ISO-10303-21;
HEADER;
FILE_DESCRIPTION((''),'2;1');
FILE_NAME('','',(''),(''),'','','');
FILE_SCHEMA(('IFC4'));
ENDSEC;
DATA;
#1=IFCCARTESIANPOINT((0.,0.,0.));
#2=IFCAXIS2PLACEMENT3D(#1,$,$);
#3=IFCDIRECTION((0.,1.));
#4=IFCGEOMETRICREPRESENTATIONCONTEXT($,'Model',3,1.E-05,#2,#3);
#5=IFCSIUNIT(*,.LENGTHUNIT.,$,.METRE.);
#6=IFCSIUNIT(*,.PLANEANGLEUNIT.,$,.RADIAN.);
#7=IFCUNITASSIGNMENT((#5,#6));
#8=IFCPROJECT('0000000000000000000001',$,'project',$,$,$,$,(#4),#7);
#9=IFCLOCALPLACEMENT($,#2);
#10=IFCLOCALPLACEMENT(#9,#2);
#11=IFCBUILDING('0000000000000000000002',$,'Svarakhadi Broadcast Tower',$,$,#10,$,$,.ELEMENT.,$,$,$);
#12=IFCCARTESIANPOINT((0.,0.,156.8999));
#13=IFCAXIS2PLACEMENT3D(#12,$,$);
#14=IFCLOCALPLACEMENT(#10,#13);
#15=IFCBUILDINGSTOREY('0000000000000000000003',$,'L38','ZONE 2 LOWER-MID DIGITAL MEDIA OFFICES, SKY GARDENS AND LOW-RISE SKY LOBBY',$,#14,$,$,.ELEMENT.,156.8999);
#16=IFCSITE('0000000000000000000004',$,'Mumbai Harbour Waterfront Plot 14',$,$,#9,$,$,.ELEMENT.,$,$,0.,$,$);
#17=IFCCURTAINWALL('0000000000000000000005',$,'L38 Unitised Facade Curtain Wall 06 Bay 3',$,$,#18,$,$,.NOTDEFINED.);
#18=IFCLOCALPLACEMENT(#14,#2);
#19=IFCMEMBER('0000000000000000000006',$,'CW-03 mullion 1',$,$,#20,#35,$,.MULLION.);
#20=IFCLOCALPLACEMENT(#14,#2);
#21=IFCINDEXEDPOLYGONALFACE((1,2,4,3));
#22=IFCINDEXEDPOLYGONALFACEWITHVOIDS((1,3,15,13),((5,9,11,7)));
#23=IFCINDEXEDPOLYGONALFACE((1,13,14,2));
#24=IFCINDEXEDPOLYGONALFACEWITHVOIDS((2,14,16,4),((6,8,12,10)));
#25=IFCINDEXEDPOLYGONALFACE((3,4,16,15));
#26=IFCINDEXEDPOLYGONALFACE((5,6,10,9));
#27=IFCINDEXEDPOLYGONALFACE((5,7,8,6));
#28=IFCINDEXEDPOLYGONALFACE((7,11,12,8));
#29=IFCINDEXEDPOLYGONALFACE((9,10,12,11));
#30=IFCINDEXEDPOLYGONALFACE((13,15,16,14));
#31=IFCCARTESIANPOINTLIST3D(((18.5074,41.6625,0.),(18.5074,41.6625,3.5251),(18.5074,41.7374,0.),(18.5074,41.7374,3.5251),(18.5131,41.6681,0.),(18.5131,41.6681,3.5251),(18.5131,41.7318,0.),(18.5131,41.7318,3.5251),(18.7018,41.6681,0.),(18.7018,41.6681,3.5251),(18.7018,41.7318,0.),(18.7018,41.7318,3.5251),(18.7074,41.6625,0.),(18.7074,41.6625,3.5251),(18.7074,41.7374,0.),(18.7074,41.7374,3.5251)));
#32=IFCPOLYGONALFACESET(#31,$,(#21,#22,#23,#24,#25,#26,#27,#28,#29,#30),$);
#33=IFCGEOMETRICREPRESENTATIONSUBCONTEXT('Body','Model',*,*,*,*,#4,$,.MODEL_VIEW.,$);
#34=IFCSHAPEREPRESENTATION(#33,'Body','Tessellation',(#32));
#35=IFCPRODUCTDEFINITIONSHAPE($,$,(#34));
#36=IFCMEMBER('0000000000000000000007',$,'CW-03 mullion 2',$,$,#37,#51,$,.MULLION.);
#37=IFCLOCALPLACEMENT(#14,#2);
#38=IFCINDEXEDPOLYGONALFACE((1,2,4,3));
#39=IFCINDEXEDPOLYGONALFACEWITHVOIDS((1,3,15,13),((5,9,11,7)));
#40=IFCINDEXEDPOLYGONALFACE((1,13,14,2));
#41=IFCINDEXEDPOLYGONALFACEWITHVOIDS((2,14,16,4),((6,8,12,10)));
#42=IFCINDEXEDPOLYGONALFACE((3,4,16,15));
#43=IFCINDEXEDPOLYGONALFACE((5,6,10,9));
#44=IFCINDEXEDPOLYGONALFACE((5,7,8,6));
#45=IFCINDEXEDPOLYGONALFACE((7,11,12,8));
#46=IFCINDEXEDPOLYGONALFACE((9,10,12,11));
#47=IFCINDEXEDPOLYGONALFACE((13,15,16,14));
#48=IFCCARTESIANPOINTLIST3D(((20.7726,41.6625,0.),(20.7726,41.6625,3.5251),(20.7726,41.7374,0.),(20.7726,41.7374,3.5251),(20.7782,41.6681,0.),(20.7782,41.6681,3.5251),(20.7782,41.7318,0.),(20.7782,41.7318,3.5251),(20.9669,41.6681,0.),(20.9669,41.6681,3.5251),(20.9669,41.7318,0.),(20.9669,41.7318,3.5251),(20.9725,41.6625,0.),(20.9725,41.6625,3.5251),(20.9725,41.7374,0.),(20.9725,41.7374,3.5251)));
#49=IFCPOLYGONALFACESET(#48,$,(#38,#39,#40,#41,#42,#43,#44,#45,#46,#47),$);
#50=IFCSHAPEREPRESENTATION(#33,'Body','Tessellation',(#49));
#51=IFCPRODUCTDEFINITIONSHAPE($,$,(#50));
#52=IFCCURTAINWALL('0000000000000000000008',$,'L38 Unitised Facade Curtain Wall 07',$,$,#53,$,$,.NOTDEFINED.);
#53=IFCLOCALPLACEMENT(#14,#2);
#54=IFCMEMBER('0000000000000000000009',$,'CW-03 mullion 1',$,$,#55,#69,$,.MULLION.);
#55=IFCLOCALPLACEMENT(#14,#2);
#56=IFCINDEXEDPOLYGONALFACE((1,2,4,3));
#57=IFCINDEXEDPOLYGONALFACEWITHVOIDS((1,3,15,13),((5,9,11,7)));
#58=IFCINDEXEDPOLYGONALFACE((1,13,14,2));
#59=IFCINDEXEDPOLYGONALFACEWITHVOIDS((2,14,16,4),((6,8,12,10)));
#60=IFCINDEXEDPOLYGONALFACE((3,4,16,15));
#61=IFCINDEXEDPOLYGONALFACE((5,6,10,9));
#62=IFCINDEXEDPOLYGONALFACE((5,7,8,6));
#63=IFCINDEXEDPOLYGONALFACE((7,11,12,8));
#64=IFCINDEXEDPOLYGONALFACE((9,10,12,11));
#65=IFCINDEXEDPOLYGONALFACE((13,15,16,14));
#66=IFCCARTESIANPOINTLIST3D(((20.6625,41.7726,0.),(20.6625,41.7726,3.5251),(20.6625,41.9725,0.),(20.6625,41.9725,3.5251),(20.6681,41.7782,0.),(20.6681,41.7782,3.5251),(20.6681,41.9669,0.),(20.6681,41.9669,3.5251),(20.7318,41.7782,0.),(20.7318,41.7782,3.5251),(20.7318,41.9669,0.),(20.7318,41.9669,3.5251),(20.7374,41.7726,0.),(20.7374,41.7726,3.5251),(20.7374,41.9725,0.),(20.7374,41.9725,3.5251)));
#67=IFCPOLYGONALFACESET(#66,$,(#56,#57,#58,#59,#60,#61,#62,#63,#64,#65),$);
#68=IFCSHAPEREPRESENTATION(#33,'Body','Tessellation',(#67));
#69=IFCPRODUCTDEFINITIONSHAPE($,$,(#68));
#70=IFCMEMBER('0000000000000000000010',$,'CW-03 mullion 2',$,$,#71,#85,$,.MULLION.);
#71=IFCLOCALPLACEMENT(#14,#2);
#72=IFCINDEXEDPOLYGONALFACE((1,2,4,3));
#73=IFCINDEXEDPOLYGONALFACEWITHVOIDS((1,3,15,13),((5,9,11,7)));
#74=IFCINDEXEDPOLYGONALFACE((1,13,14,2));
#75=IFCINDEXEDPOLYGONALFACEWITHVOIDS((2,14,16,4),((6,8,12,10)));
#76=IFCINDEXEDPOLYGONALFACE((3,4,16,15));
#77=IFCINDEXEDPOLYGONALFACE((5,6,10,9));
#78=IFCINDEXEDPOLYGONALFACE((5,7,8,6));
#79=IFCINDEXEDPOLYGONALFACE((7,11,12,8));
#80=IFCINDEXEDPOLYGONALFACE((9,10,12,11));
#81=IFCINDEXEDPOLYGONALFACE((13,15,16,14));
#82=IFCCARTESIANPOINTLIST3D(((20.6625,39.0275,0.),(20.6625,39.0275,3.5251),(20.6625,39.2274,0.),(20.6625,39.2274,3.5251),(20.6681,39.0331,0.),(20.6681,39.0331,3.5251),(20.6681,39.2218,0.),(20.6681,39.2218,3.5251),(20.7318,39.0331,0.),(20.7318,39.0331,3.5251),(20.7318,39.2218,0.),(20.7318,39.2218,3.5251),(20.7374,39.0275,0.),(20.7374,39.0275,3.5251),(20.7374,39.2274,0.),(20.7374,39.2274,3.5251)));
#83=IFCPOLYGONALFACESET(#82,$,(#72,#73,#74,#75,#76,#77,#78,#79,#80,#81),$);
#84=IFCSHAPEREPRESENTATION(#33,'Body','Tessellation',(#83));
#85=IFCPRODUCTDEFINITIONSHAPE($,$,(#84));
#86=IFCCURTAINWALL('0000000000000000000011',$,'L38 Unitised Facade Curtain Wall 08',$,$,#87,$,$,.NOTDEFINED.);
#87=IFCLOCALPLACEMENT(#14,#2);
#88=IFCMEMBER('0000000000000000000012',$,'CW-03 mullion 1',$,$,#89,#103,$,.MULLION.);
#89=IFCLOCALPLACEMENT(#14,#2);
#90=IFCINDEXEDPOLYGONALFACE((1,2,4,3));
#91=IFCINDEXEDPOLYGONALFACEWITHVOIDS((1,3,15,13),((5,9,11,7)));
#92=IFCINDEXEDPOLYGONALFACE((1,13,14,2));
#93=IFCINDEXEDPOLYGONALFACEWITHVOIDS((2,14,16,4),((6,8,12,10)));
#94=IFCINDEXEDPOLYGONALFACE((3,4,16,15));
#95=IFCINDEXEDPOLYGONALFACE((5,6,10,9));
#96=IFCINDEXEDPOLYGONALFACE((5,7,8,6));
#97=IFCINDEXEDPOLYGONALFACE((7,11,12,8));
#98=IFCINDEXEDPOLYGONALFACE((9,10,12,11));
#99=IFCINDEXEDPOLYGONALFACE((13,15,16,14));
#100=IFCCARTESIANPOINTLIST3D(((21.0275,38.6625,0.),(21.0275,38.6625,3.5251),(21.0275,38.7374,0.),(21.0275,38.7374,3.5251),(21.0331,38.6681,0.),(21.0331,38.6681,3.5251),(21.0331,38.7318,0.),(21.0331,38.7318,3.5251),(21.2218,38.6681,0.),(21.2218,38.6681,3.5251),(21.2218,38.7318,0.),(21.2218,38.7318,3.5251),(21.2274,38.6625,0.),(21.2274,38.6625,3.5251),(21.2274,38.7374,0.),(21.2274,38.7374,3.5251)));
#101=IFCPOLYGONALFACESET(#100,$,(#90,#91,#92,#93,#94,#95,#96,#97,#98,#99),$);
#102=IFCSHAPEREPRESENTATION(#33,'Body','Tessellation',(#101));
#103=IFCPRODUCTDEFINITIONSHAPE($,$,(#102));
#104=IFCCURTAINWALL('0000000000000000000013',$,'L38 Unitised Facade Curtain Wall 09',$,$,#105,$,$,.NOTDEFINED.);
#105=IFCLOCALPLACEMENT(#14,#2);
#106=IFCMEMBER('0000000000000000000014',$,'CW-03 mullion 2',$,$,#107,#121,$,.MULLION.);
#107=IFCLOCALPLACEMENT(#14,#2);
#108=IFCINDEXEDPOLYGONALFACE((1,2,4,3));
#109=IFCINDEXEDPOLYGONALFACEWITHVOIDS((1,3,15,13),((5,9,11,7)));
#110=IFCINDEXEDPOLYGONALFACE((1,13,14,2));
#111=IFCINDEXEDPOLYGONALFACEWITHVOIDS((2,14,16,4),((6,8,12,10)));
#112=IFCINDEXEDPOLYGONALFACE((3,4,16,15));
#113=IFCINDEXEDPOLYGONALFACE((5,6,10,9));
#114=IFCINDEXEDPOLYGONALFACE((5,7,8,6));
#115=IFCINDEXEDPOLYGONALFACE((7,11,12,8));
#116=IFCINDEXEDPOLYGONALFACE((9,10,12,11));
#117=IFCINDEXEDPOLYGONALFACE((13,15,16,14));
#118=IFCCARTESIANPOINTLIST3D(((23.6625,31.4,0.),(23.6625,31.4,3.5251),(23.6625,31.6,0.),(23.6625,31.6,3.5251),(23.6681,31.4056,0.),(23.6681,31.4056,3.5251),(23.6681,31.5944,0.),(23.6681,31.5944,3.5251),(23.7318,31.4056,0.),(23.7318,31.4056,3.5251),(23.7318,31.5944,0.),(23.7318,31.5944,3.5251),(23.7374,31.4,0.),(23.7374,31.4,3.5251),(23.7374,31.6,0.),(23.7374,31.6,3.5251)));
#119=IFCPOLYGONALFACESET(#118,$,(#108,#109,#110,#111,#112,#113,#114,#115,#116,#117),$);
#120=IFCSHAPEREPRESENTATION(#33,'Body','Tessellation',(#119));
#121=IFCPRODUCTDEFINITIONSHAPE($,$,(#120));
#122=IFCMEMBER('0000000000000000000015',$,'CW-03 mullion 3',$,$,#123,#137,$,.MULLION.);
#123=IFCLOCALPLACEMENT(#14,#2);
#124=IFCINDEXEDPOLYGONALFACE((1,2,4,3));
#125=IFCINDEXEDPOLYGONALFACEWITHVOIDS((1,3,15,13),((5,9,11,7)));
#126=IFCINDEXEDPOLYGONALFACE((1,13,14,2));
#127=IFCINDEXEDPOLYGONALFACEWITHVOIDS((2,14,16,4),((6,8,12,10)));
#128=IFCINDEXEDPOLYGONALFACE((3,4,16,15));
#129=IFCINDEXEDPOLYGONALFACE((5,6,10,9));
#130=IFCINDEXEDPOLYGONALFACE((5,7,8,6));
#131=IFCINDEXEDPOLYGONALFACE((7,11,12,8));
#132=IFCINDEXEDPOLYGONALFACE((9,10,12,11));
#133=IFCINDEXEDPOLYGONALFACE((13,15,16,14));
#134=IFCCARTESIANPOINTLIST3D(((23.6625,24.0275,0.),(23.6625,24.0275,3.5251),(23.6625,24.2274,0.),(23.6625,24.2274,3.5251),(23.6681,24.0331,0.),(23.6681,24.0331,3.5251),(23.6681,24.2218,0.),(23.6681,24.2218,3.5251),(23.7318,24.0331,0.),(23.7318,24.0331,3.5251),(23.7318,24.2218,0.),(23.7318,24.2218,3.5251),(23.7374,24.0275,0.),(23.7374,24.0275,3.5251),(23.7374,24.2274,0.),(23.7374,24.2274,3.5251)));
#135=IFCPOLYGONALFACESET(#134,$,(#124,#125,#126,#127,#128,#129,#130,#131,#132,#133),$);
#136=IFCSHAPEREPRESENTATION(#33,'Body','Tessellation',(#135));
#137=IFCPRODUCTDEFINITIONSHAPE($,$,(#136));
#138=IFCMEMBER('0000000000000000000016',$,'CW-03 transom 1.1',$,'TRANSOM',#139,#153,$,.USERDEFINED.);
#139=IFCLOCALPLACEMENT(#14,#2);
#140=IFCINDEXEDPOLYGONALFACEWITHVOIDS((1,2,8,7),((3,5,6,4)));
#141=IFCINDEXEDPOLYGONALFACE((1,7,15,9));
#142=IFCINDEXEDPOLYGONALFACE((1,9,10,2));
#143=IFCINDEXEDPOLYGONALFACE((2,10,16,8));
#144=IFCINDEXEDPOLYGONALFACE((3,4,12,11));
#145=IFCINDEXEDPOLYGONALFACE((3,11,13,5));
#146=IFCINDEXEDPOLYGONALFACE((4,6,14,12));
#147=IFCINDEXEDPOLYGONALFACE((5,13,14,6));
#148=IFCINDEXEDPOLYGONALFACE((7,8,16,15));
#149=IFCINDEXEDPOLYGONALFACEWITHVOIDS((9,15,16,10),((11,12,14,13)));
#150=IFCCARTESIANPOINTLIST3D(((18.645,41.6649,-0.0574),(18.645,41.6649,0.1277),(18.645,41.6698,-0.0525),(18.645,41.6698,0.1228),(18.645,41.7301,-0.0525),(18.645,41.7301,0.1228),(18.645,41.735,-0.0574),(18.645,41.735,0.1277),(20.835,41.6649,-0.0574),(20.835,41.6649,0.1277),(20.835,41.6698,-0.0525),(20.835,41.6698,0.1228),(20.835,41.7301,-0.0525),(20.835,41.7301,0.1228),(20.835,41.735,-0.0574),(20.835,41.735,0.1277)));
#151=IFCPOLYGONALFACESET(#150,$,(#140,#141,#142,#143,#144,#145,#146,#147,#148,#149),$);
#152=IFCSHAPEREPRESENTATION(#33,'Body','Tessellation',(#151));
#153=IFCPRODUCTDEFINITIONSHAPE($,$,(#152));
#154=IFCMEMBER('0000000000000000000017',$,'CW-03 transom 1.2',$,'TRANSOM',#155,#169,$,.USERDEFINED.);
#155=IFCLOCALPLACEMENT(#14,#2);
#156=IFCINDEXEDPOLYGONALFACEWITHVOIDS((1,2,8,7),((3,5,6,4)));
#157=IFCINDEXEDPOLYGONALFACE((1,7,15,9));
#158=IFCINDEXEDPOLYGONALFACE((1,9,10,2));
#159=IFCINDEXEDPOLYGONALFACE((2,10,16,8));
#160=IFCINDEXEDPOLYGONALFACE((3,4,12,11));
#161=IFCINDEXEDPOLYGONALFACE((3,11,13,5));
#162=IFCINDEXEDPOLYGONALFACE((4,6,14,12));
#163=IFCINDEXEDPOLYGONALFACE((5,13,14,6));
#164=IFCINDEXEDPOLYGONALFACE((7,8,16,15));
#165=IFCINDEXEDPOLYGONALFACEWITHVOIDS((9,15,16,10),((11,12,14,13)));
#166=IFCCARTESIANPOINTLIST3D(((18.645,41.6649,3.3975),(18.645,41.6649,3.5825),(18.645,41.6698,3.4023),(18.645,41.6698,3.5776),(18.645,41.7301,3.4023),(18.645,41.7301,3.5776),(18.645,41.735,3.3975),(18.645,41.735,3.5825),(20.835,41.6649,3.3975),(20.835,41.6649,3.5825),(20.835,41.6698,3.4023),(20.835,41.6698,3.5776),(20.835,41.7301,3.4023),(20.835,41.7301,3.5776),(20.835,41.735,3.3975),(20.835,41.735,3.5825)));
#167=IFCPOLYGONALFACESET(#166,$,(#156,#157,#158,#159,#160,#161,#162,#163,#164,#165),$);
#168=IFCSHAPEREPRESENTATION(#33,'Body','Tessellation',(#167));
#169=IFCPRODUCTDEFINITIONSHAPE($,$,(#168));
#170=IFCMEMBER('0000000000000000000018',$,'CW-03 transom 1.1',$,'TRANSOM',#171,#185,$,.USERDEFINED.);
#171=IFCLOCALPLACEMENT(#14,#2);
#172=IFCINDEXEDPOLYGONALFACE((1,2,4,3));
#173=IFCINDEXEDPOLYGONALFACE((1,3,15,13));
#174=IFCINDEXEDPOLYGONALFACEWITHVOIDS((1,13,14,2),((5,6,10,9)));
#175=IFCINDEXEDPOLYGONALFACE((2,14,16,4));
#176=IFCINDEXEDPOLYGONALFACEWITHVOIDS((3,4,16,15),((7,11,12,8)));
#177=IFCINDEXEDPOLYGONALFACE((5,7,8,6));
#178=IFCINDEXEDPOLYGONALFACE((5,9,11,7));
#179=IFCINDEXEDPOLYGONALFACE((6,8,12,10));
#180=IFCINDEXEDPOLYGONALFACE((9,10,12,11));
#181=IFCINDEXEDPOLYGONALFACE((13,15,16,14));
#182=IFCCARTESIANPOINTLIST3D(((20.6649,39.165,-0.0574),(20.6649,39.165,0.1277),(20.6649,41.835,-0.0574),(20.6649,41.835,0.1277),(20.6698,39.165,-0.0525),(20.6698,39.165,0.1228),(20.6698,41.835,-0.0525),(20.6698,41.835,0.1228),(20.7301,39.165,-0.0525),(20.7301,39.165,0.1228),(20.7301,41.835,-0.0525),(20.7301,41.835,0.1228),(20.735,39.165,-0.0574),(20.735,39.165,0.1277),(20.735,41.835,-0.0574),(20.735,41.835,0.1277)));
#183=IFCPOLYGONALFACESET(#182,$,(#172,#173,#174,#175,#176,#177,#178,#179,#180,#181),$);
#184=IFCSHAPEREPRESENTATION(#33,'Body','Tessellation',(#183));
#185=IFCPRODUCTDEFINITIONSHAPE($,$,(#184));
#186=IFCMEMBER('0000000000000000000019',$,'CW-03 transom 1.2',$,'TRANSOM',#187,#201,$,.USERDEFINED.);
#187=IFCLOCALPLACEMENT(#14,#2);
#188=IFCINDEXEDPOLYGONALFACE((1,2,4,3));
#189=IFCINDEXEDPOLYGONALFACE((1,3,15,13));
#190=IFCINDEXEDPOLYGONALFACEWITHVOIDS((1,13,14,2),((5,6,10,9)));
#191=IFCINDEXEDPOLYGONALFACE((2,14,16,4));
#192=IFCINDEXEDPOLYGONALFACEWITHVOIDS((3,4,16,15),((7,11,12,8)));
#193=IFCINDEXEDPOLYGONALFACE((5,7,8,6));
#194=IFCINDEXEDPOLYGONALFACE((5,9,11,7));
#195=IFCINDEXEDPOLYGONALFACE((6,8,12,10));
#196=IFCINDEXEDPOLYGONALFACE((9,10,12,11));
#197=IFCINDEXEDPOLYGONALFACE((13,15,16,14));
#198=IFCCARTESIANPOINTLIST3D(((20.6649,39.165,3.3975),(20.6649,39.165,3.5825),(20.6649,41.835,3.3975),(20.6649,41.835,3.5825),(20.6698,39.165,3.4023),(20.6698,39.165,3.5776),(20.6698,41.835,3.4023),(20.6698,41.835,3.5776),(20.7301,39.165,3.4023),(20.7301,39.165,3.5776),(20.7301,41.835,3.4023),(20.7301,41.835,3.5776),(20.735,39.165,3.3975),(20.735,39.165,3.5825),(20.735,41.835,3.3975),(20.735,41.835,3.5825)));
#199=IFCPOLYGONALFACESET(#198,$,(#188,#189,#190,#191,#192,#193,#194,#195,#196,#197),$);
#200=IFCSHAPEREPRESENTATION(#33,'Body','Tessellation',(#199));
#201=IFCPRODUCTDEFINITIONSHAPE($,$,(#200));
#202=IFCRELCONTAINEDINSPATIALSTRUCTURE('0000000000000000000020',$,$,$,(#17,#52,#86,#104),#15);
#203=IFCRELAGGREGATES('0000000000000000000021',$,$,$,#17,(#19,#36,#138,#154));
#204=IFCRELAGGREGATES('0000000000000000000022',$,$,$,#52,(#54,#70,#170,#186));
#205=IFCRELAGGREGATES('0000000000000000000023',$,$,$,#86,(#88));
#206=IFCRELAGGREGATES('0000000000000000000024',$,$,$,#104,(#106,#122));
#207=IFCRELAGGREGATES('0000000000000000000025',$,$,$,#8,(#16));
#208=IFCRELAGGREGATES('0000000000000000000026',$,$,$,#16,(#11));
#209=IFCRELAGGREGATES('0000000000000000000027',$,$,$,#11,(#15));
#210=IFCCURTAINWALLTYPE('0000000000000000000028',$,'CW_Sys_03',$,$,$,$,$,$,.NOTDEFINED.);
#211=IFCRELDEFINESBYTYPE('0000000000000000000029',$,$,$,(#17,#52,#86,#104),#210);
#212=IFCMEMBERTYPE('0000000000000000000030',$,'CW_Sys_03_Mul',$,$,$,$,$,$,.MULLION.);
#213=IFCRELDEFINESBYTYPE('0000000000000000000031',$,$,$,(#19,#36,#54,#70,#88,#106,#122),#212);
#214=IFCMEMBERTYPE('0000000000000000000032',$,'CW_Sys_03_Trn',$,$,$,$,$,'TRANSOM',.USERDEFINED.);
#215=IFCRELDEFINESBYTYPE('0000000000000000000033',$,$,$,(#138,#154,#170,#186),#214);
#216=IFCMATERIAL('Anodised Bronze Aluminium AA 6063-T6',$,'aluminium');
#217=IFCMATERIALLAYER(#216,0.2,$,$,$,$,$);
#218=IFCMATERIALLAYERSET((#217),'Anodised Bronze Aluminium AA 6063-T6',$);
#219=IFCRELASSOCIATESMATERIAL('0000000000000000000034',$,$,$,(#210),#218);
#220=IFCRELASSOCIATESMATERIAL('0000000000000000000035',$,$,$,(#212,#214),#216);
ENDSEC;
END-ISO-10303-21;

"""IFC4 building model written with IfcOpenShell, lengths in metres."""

from ifc_helpers import new_model, si_unit, direction, frame, origin, origin_2d, place, context, subcontext, project, spatial, hollow_rectangle, extrude, material, layer, layer_set, material_profile, profile_set, type_object, element, aggregate, save


model = new_model("IFC4")

# Units and contexts
model_context = context("Model", 3, precision=1e-05, world=origin(), true_north=direction((0.0, 1.0)))
body_context = subcontext(model_context, "Body", "Model", "MODEL_VIEW")
ifc_project = project(units=[si_unit("LENGTHUNIT", "METRE"), si_unit("PLANEANGLEUNIT", "RADIAN")], contexts=[model_context])

# Site, building, storey
site_placement = place(None, origin())
site = spatial("IfcSite", under=ifc_project, at=site_placement, Name="Mumbai Harbour Waterfront Plot 14", CompositionType="ELEMENT", RefElevation=0.0)
building_placement = place(site_placement, origin())
building = spatial("IfcBuilding", under=site, at=building_placement, Name="Svarakhadi Broadcast Tower", CompositionType="ELEMENT")
storey_placement = place(building_placement, frame((0.0, 0.0, 156.8999)))
storey = spatial("IfcBuildingStorey", under=building, at=storey_placement, Name="L38", Description="ZONE 2 LOWER-MID DIGITAL MEDIA OFFICES, SKY GARDENS AND LOW-RISE SKY LOBBY", CompositionType="ELEMENT", Elevation=156.8999)

# Curtain walls, members
ifc_material_1 = material(Name="Anodised Bronze Aluminium AA 6063-T6", Category="aluminium")
ifc_layer_1 = layer(ifc_material_1, 0.2)
ifc_layer_set_1 = layer_set([ifc_layer_1], Name="Anodised Bronze Aluminium AA 6063-T6")
curtain_wall_type = type_object("IfcCurtainWallType", Name="CW_Sys_03", PredefinedType="NOTDEFINED", material=ifc_layer_set_1)
curtain_wall_1_placement = place(storey_placement, origin())
curtain_wall_1 = element("IfcCurtainWall", 1, at=curtain_wall_1_placement, inside=storey, type_object=curtain_wall_type, Name="L38 Unitised Facade Curtain Wall 06 Bay 3", PredefinedType="NOTDEFINED")
ifc_material_profile_1 = material_profile(ifc_material_1, hollow_rectangle(XDim=0.075, YDim=0.2, WallThickness=0.0056, at=origin_2d()), Name="ALU MULLION 200x75x6")
ifc_profile_set_1 = profile_set([ifc_material_profile_1], Name="Anodised Bronze Aluminium AA 6063-T6")
member_type_1 = type_object("IfcMemberType", Name="CW_Sys_03_Mul", PredefinedType="MULLION", material=ifc_profile_set_1)
member_1_placement = place(storey_placement, frame((18.6074, 41.7, 0.0), z_axis=(0.0, 0.0, 1.0), x_axis=(0.0, 1.0, 0.0)))
member_1 = element("IfcMember", 2, at=member_1_placement, type_object=member_type_1, Name="CW-03 mullion 1", PredefinedType="MULLION", context=body_context, shape_type="SweptSolid", body=[
    extrude(hollow_rectangle(XDim=0.075, YDim=0.2, WallThickness=0.0056, at=origin_2d()), origin(), (0.0, 0.0, 1.0), 3.5251),
])
member_2_placement = place(storey_placement, frame((20.8726, 41.7, 0.0), z_axis=(0.0, 0.0, 1.0), x_axis=(0.0, 1.0, 0.0)))
member_2 = element("IfcMember", 3, at=member_2_placement, type_object=member_type_1, Name="CW-03 mullion 2", PredefinedType="MULLION", context=body_context, shape_type="SweptSolid", body=[
    extrude(hollow_rectangle(XDim=0.075, YDim=0.2, WallThickness=0.0056, at=origin_2d()), origin(), (0.0, 0.0, 1.0), 3.5251),
])
curtain_wall_2_placement = place(storey_placement, origin())
curtain_wall_2 = element("IfcCurtainWall", 4, at=curtain_wall_2_placement, inside=storey, type_object=curtain_wall_type, Name="L38 Unitised Facade Curtain Wall 07", PredefinedType="NOTDEFINED")
member_3_placement = place(storey_placement, frame((20.7, 41.8726, 0.0), z_axis=(0.0, 0.0, 1.0), x_axis=(1.0, 0.0, 0.0)))
member_3 = element("IfcMember", 5, at=member_3_placement, type_object=member_type_1, Name="CW-03 mullion 1", PredefinedType="MULLION", context=body_context, shape_type="SweptSolid", body=[
    extrude(hollow_rectangle(XDim=0.075, YDim=0.2, WallThickness=0.0056, at=origin_2d()), origin(), (0.0, 0.0, 1.0), 3.5251),
])
member_4_placement = place(storey_placement, frame((20.7, 39.1274, 0.0), z_axis=(0.0, 0.0, 1.0), x_axis=(1.0, 0.0, 0.0)))
member_4 = element("IfcMember", 6, at=member_4_placement, type_object=member_type_1, Name="CW-03 mullion 2", PredefinedType="MULLION", context=body_context, shape_type="SweptSolid", body=[
    extrude(hollow_rectangle(XDim=0.075, YDim=0.2, WallThickness=0.0056, at=origin_2d()), origin(), (0.0, 0.0, 1.0), 3.5251),
])

# Curtain wall, member
curtain_wall_3_placement = place(storey_placement, origin())
curtain_wall_3 = element("IfcCurtainWall", 7, at=curtain_wall_3_placement, inside=storey, type_object=curtain_wall_type, Name="L38 Unitised Facade Curtain Wall 08", PredefinedType="NOTDEFINED")
member_5_placement = place(storey_placement, frame((21.1274, 38.7, 0.0), z_axis=(0.0, 0.0, 1.0), x_axis=(0.0, 1.0, 0.0)))
member_5 = element("IfcMember", 8, at=member_5_placement, type_object=member_type_1, Name="CW-03 mullion 1", PredefinedType="MULLION", context=body_context, shape_type="SweptSolid", body=[
    extrude(hollow_rectangle(XDim=0.075, YDim=0.2, WallThickness=0.0056, at=origin_2d()), origin(), (0.0, 0.0, 1.0), 3.5251),
])

# Curtain wall, members
curtain_wall_4_placement = place(storey_placement, origin())
curtain_wall_4 = element("IfcCurtainWall", 9, at=curtain_wall_4_placement, inside=storey, type_object=curtain_wall_type, Name="L38 Unitised Facade Curtain Wall 09", PredefinedType="NOTDEFINED")
member_6_placement = place(storey_placement, frame((23.7, 31.5, 0.0), z_axis=(0.0, 0.0, 1.0), x_axis=(1.0, 0.0, 0.0)))
member_6 = element("IfcMember", 10, at=member_6_placement, type_object=member_type_1, Name="CW-03 mullion 2", PredefinedType="MULLION", context=body_context, shape_type="SweptSolid", body=[
    extrude(hollow_rectangle(XDim=0.075, YDim=0.2, WallThickness=0.0056, at=origin_2d()), origin(), (0.0, 0.0, 1.0), 3.5251),
])
member_7_placement = place(storey_placement, frame((23.7, 24.1274, 0.0), z_axis=(0.0, 0.0, 1.0), x_axis=(1.0, 0.0, 0.0)))
member_7 = element("IfcMember", 11, at=member_7_placement, type_object=member_type_1, Name="CW-03 mullion 3", PredefinedType="MULLION", context=body_context, shape_type="SweptSolid", body=[
    extrude(hollow_rectangle(XDim=0.075, YDim=0.2, WallThickness=0.0056, at=origin_2d()), origin(), (0.0, 0.0, 1.0), 3.5251),
])

# Members
ifc_material_profile_2 = material_profile(ifc_material_1, hollow_rectangle(XDim=0.0701, YDim=0.1851, WallThickness=0.0049, at=origin_2d()), Name="ALU TRANSOM 185x70x5")
ifc_profile_set_2 = profile_set([ifc_material_profile_2], Name="Anodised Bronze Aluminium AA 6063-T6")
member_type_2 = type_object("IfcMemberType", Name="CW_Sys_03_Trn", ElementType="TRANSOM", PredefinedType="USERDEFINED", material=ifc_profile_set_2)
member_8_placement = place(storey_placement, frame((18.645, 41.7, 0.0352), z_axis=(1.0, 0.0, 0.0), x_axis=(0.0, 1.0, 0.0)))
member_8 = element("IfcMember", 12, at=member_8_placement, type_object=member_type_2, Name="CW-03 transom 1.1", ObjectType="TRANSOM", PredefinedType="USERDEFINED", context=body_context, shape_type="SweptSolid", body=[
    extrude(hollow_rectangle(XDim=0.0701, YDim=0.1851, WallThickness=0.0049, at=origin_2d()), origin(), (0.0, 0.0, 1.0), 2.1899),
])
member_9_placement = place(storey_placement, frame((18.645, 41.7, 3.49), z_axis=(1.0, 0.0, 0.0), x_axis=(0.0, 1.0, 0.0)))
member_9 = element("IfcMember", 13, at=member_9_placement, type_object=member_type_2, Name="CW-03 transom 1.2", ObjectType="TRANSOM", PredefinedType="USERDEFINED", context=body_context, shape_type="SweptSolid", body=[
    extrude(hollow_rectangle(XDim=0.0701, YDim=0.1851, WallThickness=0.0049, at=origin_2d()), origin(), (0.0, 0.0, 1.0), 2.1899),
])
member_10_placement = place(storey_placement, frame((20.7, 41.835, 0.0352), z_axis=(0.0, -1.0, 0.0), x_axis=(1.0, 0.0, 0.0)))
member_10 = element("IfcMember", 14, at=member_10_placement, type_object=member_type_2, Name="CW-03 transom 1.1", ObjectType="TRANSOM", PredefinedType="USERDEFINED", context=body_context, shape_type="SweptSolid", body=[
    extrude(hollow_rectangle(XDim=0.0701, YDim=0.1851, WallThickness=0.0049, at=origin_2d()), origin(), (0.0, 0.0, 1.0), 2.6699),
])
member_11_placement = place(storey_placement, frame((20.7, 41.835, 3.49), z_axis=(0.0, -1.0, 0.0), x_axis=(1.0, 0.0, 0.0)))
member_11 = element("IfcMember", 15, at=member_11_placement, type_object=member_type_2, Name="CW-03 transom 1.2", ObjectType="TRANSOM", PredefinedType="USERDEFINED", context=body_context, shape_type="SweptSolid", body=[
    extrude(hollow_rectangle(XDim=0.0701, YDim=0.1851, WallThickness=0.0049, at=origin_2d()), origin(), (0.0, 0.0, 1.0), 2.6699),
])

aggregate(curtain_wall_1, [member_1, member_2, member_8, member_9])
aggregate(curtain_wall_2, [member_3, member_4, member_10, member_11])
aggregate(curtain_wall_3, [member_5])
aggregate(curtain_wall_4, [member_6, member_7])

save(model, "model.ifc")
